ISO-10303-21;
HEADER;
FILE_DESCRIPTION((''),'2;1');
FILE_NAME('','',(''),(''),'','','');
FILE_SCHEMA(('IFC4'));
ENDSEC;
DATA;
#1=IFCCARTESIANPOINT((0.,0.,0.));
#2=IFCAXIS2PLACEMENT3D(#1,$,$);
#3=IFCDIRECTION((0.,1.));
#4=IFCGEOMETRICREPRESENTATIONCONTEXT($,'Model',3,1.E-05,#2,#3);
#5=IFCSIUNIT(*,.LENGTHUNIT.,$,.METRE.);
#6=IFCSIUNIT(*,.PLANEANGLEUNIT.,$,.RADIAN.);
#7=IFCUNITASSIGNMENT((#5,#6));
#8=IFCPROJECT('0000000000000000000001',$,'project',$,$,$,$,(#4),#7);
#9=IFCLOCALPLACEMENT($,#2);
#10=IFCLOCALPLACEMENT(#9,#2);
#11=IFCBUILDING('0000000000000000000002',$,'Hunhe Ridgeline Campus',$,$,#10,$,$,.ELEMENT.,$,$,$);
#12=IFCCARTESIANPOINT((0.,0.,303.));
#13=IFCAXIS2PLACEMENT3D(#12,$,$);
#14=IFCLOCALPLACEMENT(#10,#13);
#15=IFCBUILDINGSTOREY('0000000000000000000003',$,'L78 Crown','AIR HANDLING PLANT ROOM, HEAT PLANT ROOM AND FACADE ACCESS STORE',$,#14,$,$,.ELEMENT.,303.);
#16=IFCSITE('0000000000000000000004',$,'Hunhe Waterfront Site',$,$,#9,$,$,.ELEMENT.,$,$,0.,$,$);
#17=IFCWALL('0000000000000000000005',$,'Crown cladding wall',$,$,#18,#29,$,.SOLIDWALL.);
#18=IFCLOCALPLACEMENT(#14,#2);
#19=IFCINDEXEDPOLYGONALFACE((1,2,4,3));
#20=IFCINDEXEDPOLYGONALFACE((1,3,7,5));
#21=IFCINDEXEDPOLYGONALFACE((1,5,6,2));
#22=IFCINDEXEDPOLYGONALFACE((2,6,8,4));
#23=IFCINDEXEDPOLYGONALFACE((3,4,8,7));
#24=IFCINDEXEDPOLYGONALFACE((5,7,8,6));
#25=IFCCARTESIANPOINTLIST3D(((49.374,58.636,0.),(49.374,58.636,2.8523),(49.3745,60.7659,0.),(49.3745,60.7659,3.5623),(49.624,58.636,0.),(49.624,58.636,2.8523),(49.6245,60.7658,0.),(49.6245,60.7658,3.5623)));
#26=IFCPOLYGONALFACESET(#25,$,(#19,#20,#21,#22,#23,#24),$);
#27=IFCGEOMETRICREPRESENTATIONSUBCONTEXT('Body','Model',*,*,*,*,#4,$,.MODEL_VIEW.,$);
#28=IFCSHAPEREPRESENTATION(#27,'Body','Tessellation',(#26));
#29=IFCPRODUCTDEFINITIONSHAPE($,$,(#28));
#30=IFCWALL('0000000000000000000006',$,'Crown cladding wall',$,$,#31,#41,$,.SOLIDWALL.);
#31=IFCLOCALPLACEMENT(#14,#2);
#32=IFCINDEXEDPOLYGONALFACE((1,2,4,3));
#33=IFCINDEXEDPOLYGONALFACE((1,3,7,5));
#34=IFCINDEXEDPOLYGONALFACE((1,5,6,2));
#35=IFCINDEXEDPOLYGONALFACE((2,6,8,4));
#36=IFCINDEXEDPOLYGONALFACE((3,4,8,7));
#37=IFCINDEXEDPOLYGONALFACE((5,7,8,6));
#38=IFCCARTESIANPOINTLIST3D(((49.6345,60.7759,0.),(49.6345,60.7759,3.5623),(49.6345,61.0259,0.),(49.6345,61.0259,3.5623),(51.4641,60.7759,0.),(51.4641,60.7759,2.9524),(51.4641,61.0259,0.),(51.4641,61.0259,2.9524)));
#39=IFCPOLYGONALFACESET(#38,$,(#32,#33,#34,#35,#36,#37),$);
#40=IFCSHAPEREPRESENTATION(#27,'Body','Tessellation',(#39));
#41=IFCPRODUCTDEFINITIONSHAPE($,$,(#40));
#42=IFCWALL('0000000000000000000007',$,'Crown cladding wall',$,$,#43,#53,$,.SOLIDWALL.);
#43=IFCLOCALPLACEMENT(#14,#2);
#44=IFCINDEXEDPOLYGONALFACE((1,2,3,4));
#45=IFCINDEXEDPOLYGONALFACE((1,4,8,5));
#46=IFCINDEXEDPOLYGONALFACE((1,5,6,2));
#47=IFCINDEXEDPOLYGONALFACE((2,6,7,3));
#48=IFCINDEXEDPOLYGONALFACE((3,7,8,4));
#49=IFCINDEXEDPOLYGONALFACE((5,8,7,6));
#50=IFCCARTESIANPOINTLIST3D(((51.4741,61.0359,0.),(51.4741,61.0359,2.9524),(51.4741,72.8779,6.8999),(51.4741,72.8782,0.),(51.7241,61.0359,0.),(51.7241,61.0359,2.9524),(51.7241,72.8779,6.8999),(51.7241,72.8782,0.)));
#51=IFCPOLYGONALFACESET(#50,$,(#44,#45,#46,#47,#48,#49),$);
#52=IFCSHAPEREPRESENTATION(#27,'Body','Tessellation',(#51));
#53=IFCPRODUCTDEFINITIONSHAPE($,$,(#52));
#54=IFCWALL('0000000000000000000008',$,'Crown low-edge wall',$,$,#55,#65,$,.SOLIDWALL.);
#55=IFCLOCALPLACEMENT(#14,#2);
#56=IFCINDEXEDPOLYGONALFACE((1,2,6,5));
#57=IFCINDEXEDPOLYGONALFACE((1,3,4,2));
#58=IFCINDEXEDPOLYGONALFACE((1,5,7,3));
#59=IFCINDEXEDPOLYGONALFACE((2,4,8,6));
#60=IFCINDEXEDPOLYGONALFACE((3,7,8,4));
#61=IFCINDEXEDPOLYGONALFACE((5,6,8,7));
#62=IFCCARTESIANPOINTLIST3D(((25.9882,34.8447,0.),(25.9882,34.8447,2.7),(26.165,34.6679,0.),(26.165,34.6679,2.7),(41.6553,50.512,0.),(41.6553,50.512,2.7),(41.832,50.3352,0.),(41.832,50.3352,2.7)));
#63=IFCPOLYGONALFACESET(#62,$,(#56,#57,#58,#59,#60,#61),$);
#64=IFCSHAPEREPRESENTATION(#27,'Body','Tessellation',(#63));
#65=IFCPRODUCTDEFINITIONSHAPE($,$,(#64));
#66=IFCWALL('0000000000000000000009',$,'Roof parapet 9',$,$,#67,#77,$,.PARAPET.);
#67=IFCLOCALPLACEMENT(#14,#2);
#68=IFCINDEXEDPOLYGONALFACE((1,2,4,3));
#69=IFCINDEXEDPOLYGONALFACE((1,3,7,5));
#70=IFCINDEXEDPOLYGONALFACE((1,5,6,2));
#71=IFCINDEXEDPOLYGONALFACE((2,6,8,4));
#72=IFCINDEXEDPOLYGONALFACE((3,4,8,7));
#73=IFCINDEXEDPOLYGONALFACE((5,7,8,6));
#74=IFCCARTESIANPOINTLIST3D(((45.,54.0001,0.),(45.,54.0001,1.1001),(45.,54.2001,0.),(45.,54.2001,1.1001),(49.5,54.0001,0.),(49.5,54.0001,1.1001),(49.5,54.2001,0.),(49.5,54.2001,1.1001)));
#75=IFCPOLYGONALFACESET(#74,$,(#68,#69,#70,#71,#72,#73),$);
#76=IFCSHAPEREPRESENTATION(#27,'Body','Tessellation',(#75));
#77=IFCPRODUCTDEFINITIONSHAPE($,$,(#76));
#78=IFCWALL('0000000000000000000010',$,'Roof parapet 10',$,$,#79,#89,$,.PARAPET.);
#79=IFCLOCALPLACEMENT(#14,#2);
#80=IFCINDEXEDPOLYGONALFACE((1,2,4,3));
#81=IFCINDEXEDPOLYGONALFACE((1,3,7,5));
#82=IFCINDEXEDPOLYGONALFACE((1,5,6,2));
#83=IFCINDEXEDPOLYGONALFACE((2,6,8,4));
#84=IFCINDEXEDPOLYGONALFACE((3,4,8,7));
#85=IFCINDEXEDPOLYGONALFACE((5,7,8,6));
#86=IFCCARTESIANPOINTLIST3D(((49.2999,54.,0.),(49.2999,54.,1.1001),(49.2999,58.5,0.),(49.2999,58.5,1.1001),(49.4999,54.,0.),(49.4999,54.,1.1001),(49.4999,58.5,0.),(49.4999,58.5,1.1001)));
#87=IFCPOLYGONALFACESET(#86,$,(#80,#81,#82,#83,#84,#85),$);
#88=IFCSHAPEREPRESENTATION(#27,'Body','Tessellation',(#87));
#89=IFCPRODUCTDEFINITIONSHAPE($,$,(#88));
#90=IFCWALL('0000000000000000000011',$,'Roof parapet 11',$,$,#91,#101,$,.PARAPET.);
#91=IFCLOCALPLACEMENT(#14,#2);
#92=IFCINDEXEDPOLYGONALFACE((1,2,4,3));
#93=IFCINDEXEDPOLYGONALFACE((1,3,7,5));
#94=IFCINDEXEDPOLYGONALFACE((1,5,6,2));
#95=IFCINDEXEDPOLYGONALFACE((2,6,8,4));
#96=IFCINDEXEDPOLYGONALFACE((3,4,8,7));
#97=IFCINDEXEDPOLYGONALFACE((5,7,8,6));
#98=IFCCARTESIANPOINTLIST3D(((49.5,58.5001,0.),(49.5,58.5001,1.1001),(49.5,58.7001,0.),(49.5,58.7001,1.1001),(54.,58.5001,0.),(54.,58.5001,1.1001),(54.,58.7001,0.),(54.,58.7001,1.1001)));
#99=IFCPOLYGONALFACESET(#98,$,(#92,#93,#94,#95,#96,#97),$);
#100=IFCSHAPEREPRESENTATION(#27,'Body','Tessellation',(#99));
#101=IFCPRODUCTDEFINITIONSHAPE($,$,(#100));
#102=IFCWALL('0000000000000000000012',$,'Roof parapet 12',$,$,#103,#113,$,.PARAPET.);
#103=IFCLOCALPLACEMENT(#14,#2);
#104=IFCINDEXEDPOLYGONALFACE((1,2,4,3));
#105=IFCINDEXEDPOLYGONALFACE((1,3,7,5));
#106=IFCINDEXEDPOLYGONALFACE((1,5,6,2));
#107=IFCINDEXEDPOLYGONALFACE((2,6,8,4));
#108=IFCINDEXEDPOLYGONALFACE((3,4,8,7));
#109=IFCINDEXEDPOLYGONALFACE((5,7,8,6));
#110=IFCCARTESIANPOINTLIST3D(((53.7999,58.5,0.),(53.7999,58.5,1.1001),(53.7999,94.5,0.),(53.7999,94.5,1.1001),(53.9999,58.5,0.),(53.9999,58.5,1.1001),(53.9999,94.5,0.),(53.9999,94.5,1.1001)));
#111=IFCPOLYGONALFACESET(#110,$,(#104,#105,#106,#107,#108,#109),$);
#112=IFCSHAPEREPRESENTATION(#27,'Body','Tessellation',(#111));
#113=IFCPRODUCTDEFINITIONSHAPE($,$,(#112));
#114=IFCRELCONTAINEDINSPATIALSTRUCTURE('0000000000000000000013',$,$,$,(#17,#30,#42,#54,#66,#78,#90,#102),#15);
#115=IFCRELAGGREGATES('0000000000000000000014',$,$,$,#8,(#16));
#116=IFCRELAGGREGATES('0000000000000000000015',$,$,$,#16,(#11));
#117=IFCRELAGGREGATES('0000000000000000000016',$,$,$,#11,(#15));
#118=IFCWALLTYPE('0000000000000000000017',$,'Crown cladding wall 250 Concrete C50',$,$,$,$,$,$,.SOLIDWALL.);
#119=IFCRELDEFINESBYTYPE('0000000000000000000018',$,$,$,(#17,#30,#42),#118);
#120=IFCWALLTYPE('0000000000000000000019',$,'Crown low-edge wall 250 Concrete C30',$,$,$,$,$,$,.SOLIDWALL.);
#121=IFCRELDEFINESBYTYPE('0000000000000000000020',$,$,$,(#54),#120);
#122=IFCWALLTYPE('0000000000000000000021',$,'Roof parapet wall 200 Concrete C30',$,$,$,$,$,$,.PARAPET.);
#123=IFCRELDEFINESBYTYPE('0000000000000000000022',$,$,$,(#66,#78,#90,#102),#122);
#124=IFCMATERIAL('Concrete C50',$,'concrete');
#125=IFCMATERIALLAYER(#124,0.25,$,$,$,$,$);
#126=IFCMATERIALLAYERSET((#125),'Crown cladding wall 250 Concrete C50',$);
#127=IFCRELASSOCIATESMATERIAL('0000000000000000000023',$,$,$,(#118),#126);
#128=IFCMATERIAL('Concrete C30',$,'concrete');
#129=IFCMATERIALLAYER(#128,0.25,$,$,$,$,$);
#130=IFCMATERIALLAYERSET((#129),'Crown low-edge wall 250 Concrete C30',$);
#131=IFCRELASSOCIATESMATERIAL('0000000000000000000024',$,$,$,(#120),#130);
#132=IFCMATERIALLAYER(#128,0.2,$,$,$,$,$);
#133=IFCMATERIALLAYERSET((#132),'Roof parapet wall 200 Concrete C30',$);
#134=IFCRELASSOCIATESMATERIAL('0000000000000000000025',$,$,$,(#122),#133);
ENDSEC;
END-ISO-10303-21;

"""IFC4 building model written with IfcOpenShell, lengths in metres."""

from ifc_helpers import new_model, si_unit, direction, frame, frame_2d, origin, place, context, subcontext, project, spatial, polyline, rectangle, outline, extrude, material, layer, layer_set, type_object, element, save


model = new_model("IFC4")

# Units and contexts
model_context = context("Model", 3, precision=1e-05, world=origin(), true_north=direction((0.0, 1.0)))
body_context = subcontext(model_context, "Body", "Model", "MODEL_VIEW")
ifc_project = project(units=[si_unit("LENGTHUNIT", "METRE"), si_unit("PLANEANGLEUNIT", "RADIAN")], contexts=[model_context])

# Site, building, storey
site_placement = place(None, origin())
site = spatial("IfcSite", under=ifc_project, at=site_placement, Name="Hunhe Waterfront Site", CompositionType="ELEMENT", RefElevation=0.0)
building_placement = place(site_placement, origin())
building = spatial("IfcBuilding", under=site, at=building_placement, Name="Hunhe Ridgeline Campus", CompositionType="ELEMENT")
storey_placement = place(building_placement, frame((0.0, 0.0, 303.0)))
storey = spatial("IfcBuildingStorey", under=building, at=storey_placement, Name="L78 Crown", Description="AIR HANDLING PLANT ROOM, HEAT PLANT ROOM AND FACADE ACCESS STORE", CompositionType="ELEMENT", Elevation=303.0)

# Shared definitions
ifc_material_1 = material(Name="Concrete C50", Category="concrete")

# Walls
ifc_layer_1 = layer(ifc_material_1, 0.25)
ifc_layer_set_1 = layer_set([ifc_layer_1], Name="Crown cladding wall 250 Concrete C50")
wall_type_1 = type_object("IfcWallType", Name="Crown cladding wall 250 Concrete C50", PredefinedType="SOLIDWALL", material=ifc_layer_set_1)
wall_1_placement = place(storey_placement, frame((49.499, 58.636, 0.0), z_axis=(0.0, 0.0, 1.0), x_axis=(0.000229, 1.0, 0.0)))
element("IfcWall", 1, at=wall_1_placement, inside=storey, type_object=wall_type_1, Name="Crown cladding wall", PredefinedType="SOLIDWALL", context=body_context, shape_type="SweptSolid", body=[
    extrude(outline(polyline([(0.0, 0.0), (2.1299, 0.0), (2.1299, 3.5623), (0.0, 2.8523), (0.0, 0.0)])), frame((0.0, 0.125, 0.0), z_axis=(0.0, -1.0, 0.0), x_axis=(1.0, 0.0, 0.0)), (0.0, 0.0, 1.0), 0.25),
])
wall_2_placement = place(storey_placement, frame((49.6345, 60.9009, 0.0), z_axis=(0.0, 0.0, 1.0), x_axis=(1.0, 0.0, 0.0)))
element("IfcWall", 2, at=wall_2_placement, inside=storey, type_object=wall_type_1, Name="Crown cladding wall", PredefinedType="SOLIDWALL", context=body_context, shape_type="SweptSolid", body=[
    extrude(outline(polyline([(0.0, 0.0), (1.8296, 0.0), (1.8296, 2.9524), (0.0, 3.5623), (0.0, 0.0)])), frame((0.0, 0.125, 0.0), z_axis=(0.0, -1.0, 0.0), x_axis=(1.0, 0.0, 0.0)), (0.0, 0.0, 1.0), 0.25),
])
wall_3_placement = place(storey_placement, frame((51.5991, 61.0359, 0.0), z_axis=(0.0, 0.0, 1.0), x_axis=(0.0, 1.0, 0.0)))
element("IfcWall", 3, at=wall_3_placement, inside=storey, type_object=wall_type_1, Name="Crown cladding wall", PredefinedType="SOLIDWALL", context=body_context, shape_type="SweptSolid", body=[
    extrude(outline(polyline([(0.0, 0.0), (11.8423, 0.0), (11.842, 6.8999), (0.0, 2.9524), (0.0, 0.0)])), frame((0.0, 0.125, 0.0), z_axis=(0.0, -1.0, 0.0), x_axis=(1.0, 0.0, 0.0)), (0.0, 0.0, 1.0), 0.25),
])
ifc_material_2 = material(Name="Concrete C30", Category="concrete")
ifc_layer_2 = layer(ifc_material_2, 0.25)
ifc_layer_set_2 = layer_set([ifc_layer_2], Name="Crown low-edge wall 250 Concrete C30")
wall_type_2 = type_object("IfcWallType", Name="Crown low-edge wall 250 Concrete C30", PredefinedType="SOLIDWALL", material=ifc_layer_set_2)
wall_4_placement = place(storey_placement, frame((41.7437, 50.4236, 0.0), z_axis=(0.0, 0.0, 1.0), x_axis=(-0.707101, -0.707112, 0.0)))
element("IfcWall", 4, at=wall_4_placement, inside=storey, type_object=wall_type_2, Name="Crown low-edge wall", PredefinedType="SOLIDWALL", context=body_context, shape_type="SweptSolid", body=[
    extrude(rectangle(XDim=22.1567, YDim=0.25, at=frame_2d((11.0784, 0.0))), origin(), (0.0, 0.0, 1.0), 2.7),
])
ifc_layer_3 = layer(ifc_material_2, 0.2)
ifc_layer_set_3 = layer_set([ifc_layer_3], Name="Roof parapet wall 200 Concrete C30")
wall_type_3 = type_object("IfcWallType", Name="Roof parapet wall 200 Concrete C30", PredefinedType="PARAPET", material=ifc_layer_set_3)
for number, where, z_axis, x_axis, name in (
    (5, (45.0, 54.1001, 0.0), (0.0, 0.0, 1.0), (1.0, 0.0, 0.0), "Roof parapet 9"),
    (6, (49.3999, 54.0, 0.0), (0.0, 0.0, 1.0), (0.0, 1.0, 0.0), "Roof parapet 10"),
    (7, (49.5, 58.6001, 0.0), (0.0, 0.0, 1.0), (1.0, 0.0, 0.0), "Roof parapet 11"),
):
    element("IfcWall", number, at=place(storey_placement, frame(where, z_axis=z_axis, x_axis=x_axis)), inside=storey, type_object=wall_type_3, Name=name, PredefinedType="PARAPET", context=body_context, shape_type="SweptSolid", body=[
        extrude(rectangle(XDim=4.5, YDim=0.2, at=frame_2d((2.25, 0.0))), origin(), (0.0, 0.0, 1.0), 1.1001),
    ])
wall_5_placement = place(storey_placement, frame((53.8999, 58.5, 0.0), z_axis=(0.0, 0.0, 1.0), x_axis=(0.0, 1.0, 0.0)))
element("IfcWall", 8, at=wall_5_placement, inside=storey, type_object=wall_type_3, Name="Roof parapet 12", PredefinedType="PARAPET", context=body_context, shape_type="SweptSolid", body=[
    extrude(rectangle(XDim=36.0, YDim=0.2, at=frame_2d((18.0, 0.0))), origin(), (0.0, 0.0, 1.0), 1.1001),
])

save(model, "model.ifc")
